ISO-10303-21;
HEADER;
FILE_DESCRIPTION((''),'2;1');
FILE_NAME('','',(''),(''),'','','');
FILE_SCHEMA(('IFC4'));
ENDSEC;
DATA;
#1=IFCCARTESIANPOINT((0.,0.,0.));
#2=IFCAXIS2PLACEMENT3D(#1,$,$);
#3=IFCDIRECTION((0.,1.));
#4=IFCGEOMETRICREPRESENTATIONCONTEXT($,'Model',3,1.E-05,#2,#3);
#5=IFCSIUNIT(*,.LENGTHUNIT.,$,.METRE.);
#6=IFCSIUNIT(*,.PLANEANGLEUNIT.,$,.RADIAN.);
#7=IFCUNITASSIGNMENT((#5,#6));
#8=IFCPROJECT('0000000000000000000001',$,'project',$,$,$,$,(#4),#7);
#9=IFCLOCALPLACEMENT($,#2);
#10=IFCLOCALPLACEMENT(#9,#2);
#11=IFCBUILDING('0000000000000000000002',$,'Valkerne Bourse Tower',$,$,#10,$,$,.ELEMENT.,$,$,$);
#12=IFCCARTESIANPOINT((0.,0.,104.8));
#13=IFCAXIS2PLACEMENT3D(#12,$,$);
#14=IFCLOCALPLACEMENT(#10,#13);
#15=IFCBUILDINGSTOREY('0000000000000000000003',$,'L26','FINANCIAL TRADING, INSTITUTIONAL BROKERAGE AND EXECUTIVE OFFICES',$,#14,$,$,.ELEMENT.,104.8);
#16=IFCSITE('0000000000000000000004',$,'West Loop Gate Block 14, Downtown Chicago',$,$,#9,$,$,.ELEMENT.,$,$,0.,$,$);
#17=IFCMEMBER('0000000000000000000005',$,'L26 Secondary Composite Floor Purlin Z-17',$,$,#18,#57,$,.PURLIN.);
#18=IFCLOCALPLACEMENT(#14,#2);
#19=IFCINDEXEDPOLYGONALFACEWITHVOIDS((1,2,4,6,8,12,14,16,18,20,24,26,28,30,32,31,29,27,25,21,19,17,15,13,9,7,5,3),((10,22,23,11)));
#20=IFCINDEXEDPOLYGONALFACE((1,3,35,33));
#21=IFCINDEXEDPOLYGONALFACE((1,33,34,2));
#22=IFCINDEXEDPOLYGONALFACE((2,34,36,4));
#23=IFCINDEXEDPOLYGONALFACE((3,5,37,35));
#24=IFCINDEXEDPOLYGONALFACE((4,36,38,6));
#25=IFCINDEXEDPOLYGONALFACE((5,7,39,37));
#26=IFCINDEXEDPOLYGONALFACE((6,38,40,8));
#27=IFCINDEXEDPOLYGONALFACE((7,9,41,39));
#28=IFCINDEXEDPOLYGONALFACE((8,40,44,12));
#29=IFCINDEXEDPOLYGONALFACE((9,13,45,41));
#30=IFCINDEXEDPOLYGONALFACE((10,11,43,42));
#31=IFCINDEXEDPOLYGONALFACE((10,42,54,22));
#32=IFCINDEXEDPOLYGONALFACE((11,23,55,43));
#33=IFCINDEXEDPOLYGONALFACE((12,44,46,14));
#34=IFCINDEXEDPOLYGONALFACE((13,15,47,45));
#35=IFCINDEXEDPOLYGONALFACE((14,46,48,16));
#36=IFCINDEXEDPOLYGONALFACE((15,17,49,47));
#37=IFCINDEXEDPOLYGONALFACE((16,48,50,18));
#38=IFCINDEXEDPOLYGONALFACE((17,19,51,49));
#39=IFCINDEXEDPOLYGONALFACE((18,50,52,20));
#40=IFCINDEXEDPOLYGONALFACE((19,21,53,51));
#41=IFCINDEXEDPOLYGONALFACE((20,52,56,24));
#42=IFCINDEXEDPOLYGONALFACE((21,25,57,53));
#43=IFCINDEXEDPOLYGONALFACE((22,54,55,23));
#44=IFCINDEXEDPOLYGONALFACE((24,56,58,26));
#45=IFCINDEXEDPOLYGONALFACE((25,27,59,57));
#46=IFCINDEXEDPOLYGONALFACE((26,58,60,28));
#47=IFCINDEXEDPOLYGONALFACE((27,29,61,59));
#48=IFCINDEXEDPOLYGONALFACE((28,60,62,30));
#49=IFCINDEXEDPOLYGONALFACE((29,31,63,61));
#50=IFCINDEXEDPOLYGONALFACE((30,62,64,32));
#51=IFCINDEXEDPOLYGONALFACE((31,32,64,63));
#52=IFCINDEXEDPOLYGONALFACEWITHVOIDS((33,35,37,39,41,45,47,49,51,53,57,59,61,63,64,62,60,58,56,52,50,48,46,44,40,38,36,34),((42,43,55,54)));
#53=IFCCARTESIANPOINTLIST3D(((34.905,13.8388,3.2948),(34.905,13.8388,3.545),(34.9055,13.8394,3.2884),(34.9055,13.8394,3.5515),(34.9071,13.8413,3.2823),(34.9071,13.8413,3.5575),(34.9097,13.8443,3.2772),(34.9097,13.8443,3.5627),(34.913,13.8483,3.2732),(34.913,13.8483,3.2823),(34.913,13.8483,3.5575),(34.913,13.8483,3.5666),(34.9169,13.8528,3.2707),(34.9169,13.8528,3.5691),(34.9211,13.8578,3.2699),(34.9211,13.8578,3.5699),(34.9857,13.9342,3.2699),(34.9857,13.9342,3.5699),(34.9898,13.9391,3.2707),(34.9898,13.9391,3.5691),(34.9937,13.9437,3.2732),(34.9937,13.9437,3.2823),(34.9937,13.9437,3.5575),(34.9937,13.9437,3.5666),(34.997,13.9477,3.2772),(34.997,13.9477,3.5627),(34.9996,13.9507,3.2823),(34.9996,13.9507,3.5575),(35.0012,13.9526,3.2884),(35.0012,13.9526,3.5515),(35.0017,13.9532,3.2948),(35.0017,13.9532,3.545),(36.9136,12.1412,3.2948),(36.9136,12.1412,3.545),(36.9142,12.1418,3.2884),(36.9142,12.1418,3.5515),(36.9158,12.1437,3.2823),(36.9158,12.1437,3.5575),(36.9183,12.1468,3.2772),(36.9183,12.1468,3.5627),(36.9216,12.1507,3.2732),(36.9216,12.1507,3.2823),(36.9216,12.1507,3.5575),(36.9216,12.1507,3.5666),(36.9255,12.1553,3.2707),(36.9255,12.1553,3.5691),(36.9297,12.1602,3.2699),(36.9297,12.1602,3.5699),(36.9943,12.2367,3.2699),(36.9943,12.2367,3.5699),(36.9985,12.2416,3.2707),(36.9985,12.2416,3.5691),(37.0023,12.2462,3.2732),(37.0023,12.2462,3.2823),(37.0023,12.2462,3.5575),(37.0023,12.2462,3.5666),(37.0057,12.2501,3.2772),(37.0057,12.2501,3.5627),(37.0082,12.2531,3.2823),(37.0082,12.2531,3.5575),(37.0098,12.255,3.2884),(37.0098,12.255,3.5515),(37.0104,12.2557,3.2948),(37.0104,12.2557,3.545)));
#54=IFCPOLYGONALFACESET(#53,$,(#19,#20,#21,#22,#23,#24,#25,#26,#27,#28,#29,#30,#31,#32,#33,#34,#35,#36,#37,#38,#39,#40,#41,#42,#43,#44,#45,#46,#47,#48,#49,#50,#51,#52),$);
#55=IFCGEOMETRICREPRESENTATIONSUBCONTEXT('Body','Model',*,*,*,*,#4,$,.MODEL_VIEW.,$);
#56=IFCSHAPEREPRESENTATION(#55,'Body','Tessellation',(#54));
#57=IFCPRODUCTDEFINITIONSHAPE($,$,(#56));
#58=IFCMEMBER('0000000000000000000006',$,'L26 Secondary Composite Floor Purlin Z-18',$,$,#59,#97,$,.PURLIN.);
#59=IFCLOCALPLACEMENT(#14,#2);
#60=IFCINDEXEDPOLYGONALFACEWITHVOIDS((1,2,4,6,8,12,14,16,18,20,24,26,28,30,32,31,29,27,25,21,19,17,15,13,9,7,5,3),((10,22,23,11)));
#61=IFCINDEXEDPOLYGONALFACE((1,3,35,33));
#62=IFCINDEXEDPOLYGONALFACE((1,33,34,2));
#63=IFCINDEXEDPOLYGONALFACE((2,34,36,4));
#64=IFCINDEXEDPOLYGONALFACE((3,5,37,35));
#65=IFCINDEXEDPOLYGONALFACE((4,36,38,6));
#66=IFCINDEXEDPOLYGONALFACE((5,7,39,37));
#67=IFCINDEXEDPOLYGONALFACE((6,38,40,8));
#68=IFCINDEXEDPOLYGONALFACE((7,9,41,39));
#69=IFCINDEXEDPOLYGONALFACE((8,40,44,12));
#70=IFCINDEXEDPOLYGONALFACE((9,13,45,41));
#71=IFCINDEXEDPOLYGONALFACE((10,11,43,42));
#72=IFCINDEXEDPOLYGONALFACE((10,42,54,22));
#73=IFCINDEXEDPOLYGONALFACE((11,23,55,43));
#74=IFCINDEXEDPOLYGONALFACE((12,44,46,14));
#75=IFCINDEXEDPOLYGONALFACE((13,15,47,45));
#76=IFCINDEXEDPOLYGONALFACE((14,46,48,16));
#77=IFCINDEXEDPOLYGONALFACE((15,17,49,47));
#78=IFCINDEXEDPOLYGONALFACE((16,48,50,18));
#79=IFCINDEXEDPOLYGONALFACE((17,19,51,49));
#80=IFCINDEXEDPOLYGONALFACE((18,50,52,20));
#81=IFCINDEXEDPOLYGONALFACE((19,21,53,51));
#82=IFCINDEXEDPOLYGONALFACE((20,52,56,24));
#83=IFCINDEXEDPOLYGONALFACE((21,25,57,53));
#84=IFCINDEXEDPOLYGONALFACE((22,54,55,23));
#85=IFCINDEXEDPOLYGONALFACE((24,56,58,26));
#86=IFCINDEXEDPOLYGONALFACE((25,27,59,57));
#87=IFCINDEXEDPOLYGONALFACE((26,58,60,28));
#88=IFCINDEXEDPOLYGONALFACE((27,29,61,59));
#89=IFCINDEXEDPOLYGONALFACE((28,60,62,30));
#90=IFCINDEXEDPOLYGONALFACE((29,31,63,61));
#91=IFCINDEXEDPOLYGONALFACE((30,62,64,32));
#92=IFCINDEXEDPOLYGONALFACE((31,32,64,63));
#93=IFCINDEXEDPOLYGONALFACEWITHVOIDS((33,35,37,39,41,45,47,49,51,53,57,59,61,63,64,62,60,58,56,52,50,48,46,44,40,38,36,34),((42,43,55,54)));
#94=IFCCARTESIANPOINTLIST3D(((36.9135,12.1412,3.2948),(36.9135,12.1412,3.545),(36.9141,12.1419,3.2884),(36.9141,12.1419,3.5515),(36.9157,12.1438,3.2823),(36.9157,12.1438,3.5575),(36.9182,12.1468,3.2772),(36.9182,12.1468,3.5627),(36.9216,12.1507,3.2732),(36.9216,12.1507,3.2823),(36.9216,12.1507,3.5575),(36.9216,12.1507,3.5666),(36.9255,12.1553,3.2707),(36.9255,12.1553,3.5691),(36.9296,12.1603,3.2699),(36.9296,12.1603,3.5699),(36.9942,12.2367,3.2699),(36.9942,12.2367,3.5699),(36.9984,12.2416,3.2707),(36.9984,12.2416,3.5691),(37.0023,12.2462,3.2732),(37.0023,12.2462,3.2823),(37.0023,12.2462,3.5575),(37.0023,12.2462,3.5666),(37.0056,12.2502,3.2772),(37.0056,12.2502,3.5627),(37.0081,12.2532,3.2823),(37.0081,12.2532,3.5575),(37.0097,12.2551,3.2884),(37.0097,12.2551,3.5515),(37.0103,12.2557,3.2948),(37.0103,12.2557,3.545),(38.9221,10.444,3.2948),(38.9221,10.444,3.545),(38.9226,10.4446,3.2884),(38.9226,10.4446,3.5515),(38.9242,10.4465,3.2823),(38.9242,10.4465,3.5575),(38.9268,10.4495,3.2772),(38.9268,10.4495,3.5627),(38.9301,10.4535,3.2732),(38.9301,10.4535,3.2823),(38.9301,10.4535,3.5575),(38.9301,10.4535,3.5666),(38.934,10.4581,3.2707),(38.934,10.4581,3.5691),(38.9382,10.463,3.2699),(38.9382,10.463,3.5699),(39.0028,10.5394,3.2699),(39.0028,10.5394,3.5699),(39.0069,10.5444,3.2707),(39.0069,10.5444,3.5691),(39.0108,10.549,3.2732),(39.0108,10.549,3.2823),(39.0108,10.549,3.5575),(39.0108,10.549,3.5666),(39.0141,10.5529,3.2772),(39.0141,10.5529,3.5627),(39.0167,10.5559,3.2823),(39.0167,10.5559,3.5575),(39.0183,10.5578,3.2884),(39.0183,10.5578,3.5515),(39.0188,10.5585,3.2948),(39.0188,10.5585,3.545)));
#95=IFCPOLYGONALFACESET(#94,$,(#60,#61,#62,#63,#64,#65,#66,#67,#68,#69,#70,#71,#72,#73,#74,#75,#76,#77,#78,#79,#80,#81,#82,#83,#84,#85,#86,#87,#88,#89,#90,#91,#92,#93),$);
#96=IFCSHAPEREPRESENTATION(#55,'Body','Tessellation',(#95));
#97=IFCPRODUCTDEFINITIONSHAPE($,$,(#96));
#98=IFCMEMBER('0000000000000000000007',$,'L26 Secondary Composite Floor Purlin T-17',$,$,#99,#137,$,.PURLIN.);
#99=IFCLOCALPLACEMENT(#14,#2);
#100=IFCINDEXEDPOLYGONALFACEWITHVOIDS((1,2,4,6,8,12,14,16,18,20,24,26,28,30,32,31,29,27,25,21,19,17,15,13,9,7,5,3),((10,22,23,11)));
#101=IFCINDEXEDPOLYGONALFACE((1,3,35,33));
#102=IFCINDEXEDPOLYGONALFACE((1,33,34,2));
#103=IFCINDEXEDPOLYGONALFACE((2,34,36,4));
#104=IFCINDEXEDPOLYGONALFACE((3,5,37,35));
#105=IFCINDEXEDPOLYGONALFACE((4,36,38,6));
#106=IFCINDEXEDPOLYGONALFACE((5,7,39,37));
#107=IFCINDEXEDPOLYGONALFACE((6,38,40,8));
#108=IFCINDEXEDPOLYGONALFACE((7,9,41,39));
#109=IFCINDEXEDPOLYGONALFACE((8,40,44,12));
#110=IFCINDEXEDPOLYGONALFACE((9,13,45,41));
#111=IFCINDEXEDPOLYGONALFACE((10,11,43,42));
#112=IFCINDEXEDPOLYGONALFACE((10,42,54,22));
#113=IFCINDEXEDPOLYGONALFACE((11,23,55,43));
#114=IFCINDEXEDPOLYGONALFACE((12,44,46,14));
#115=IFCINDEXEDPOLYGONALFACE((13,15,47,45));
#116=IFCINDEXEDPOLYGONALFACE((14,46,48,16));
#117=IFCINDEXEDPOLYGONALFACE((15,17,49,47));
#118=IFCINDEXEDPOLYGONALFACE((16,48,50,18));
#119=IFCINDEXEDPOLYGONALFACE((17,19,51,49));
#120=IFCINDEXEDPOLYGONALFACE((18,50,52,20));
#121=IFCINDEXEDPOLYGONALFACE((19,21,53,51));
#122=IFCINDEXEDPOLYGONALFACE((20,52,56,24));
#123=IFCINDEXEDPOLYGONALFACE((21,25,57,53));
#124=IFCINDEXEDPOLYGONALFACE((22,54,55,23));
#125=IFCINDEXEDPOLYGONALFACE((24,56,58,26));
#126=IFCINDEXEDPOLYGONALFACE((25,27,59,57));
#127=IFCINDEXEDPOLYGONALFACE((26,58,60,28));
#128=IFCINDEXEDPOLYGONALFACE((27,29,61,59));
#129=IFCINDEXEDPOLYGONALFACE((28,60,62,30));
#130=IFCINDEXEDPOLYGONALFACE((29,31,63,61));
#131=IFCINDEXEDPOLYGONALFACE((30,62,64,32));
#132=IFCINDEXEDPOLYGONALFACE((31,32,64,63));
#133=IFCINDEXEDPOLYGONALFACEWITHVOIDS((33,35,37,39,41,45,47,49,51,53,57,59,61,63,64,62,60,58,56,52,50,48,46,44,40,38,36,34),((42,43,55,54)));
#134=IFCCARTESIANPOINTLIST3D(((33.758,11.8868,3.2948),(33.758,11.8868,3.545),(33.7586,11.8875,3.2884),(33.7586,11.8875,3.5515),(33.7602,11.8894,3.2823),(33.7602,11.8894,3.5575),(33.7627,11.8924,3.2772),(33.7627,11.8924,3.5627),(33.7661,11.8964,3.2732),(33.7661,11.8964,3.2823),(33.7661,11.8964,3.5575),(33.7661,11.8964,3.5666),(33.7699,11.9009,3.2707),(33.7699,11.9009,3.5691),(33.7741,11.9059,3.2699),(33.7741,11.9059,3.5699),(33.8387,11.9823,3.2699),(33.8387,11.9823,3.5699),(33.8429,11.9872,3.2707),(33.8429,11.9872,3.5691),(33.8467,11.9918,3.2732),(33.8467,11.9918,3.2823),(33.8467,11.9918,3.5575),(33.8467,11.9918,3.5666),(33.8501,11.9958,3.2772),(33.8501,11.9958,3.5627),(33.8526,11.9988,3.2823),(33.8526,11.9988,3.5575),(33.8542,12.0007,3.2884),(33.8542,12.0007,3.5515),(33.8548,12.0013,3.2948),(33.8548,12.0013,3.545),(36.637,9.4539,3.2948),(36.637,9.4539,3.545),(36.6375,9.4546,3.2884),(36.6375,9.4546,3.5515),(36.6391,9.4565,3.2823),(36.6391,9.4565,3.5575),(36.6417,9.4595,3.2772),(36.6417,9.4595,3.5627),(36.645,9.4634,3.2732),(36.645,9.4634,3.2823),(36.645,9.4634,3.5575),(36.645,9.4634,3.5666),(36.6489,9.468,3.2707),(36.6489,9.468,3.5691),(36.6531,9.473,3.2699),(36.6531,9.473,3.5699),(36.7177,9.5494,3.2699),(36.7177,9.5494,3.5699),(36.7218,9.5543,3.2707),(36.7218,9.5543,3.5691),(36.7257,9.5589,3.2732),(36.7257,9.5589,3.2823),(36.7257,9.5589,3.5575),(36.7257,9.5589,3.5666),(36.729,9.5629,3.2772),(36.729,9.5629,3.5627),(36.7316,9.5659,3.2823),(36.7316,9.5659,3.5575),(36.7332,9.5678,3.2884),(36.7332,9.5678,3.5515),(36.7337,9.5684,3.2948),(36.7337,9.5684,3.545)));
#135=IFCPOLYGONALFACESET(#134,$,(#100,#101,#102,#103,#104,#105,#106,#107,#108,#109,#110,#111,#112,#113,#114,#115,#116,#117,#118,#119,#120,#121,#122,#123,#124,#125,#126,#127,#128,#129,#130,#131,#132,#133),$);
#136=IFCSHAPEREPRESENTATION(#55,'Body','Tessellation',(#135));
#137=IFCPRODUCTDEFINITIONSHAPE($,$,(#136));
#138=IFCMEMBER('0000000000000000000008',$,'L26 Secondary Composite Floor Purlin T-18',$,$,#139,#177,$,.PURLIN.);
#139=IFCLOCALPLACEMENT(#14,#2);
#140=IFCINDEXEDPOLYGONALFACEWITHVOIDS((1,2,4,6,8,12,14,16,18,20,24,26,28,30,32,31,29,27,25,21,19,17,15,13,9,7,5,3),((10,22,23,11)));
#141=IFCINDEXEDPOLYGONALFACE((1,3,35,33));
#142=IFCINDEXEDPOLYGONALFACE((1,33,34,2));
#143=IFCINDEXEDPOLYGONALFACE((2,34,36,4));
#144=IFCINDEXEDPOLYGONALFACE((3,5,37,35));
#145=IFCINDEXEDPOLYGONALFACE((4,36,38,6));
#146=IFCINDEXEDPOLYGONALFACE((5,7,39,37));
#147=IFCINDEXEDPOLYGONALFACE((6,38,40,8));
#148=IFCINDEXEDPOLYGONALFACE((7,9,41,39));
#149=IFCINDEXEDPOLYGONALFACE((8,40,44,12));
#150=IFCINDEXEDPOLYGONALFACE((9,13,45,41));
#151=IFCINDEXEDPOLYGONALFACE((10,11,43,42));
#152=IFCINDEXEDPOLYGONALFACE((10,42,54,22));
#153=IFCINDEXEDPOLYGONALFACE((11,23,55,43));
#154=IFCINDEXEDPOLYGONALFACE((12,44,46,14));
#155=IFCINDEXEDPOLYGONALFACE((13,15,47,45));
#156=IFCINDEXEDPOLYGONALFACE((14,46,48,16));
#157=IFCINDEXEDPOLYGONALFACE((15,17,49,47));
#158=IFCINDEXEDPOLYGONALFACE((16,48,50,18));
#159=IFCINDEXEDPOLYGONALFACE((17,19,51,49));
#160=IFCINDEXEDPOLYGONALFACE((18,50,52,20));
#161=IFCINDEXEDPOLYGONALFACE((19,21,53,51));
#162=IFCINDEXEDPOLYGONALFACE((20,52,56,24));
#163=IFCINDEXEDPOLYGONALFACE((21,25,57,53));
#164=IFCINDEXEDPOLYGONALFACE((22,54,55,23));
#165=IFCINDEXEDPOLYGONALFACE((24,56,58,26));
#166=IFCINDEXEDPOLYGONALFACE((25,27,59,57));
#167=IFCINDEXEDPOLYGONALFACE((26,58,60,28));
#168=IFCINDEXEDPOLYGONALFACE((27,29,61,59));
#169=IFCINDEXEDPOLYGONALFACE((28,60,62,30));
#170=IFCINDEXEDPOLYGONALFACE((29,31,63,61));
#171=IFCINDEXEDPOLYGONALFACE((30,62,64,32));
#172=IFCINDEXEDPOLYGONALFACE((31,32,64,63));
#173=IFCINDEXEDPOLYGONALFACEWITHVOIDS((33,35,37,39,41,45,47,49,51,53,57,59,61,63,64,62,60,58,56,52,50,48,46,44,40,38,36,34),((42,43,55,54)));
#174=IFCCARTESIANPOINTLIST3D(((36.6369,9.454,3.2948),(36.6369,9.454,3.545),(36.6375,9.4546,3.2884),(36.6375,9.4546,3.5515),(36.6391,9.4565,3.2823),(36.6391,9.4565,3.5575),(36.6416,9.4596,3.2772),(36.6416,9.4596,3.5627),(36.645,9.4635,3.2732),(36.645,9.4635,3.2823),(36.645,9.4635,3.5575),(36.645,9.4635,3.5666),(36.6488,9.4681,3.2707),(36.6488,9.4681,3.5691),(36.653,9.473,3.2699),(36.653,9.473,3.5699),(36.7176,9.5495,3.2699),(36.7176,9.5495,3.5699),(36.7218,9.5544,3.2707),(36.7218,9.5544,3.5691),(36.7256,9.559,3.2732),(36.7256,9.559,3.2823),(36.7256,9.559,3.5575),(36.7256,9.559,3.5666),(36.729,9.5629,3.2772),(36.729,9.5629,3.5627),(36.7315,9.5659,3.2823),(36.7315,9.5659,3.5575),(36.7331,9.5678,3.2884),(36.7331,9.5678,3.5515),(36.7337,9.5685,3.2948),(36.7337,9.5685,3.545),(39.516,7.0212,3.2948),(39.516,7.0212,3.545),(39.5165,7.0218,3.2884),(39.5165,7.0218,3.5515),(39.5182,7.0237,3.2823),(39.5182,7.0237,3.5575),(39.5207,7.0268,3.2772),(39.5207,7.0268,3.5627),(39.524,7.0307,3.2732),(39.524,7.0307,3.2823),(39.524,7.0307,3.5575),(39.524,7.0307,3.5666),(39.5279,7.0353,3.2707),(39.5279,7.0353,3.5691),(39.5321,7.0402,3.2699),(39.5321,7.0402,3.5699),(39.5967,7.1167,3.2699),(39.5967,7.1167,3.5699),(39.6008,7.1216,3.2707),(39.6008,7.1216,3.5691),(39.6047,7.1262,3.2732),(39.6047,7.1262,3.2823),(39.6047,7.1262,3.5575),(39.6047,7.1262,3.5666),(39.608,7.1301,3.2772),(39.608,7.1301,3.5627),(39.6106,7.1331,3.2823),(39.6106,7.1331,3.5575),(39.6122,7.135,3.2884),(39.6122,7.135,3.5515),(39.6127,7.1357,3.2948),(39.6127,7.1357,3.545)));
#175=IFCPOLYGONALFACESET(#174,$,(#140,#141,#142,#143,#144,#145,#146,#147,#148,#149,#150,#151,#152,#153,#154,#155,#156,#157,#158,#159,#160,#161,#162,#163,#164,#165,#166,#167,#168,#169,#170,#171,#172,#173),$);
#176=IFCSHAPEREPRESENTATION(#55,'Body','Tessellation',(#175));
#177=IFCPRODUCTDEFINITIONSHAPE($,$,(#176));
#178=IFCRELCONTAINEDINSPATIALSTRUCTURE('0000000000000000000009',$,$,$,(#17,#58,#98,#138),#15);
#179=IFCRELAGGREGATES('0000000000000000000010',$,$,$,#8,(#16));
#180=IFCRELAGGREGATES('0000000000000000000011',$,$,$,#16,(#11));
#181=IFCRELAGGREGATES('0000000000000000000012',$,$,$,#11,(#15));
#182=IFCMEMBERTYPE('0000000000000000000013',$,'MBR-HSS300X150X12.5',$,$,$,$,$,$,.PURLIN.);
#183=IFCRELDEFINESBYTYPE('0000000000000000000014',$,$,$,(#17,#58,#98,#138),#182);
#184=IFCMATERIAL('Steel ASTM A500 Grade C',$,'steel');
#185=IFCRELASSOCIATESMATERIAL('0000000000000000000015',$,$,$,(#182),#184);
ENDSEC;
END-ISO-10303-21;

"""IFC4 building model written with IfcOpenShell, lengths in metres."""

from ifc_helpers import new_model, si_unit, direction, frame, origin, origin_2d, place, context, subcontext, project, spatial, hollow_rectangle, extrude, material, material_profile, profile_set, type_object, element, save


model = new_model("IFC4")

# Units and contexts
model_context = context("Model", 3, precision=1e-05, world=origin(), true_north=direction((0.0, 1.0)))
body_context = subcontext(model_context, "Body", "Model", "MODEL_VIEW")
ifc_project = project(units=[si_unit("LENGTHUNIT", "METRE"), si_unit("PLANEANGLEUNIT", "RADIAN")], contexts=[model_context])

# Site, building, storey
site_placement = place(None, origin())
site = spatial("IfcSite", under=ifc_project, at=site_placement, Name="West Loop Gate Block 14, Downtown Chicago", CompositionType="ELEMENT", RefElevation=0.0)
building_placement = place(site_placement, origin())
building = spatial("IfcBuilding", under=site, at=building_placement, Name="Valkerne Bourse Tower", CompositionType="ELEMENT")
storey_placement = place(building_placement, frame((0.0, 0.0, 104.8)))
storey = spatial("IfcBuildingStorey", under=building, at=storey_placement, Name="L26", Description="FINANCIAL TRADING, INSTITUTIONAL BROKERAGE AND EXECUTIVE OFFICES", CompositionType="ELEMENT", Elevation=104.8)

# Members
ifc_material_1 = material(Name="Steel ASTM A500 Grade C", Category="steel")
ifc_material_profile_1 = material_profile(ifc_material_1, hollow_rectangle(XDim=0.1499, YDim=0.3, WallThickness=0.0125, OuterFilletRadius=0.0249, at=origin_2d()), Name="HSS300X150X12.5")
ifc_profile_set_1 = profile_set([ifc_material_profile_1], Name="Steel ASTM A500 Grade C")
member_type_1 = type_object("IfcMemberType", Name="MBR-HSS300X150X12.5", PredefinedType="PURLIN", material=ifc_profile_set_1)
member_1_placement = place(storey_placement, frame((34.9534, 13.896, 3.4199), z_axis=(0.763766, -0.645493, 0.0), x_axis=(0.645493, 0.763766, 0.0)))
element("IfcMember", 1, at=member_1_placement, inside=storey, type_object=member_type_1, Name="L26 Secondary Composite Floor Purlin Z-17", PredefinedType="PURLIN", context=body_context, shape_type="SweptSolid", body=[
    extrude(hollow_rectangle(XDim=0.1499, YDim=0.3, WallThickness=0.0125, OuterFilletRadius=0.0249, at=origin_2d()), origin(), (0.0, 0.0, 1.0), 2.6299),
])
member_2_placement = place(storey_placement, frame((36.9619, 12.1985, 3.4199), z_axis=(0.763812, -0.645439, 0.0), x_axis=(0.645439, 0.763812, 0.0)))
element("IfcMember", 2, at=member_2_placement, inside=storey, type_object=member_type_1, Name="L26 Secondary Composite Floor Purlin Z-18", PredefinedType="PURLIN", context=body_context, shape_type="SweptSolid", body=[
    extrude(hollow_rectangle(XDim=0.1499, YDim=0.3, WallThickness=0.0125, OuterFilletRadius=0.0249, at=origin_2d()), origin(), (0.0, 0.0, 1.0), 2.6296),
])
for number, where, z_axis, x_axis, name in (
    (3, (33.8064, 11.9441, 3.4199), (0.763796, -0.645457, 0.0), (0.645457, 0.763796, 0.0), "L26 Secondary Composite Floor Purlin T-17"),
    (4, (36.6853, 9.5112, 3.4199), (0.763823, -0.645425, 0.0), (0.645425, 0.763823, 0.0), "L26 Secondary Composite Floor Purlin T-18"),
):
    element("IfcMember", number, at=place(storey_placement, frame(where, z_axis=z_axis, x_axis=x_axis)), inside=storey, type_object=member_type_1, Name=name, PredefinedType="PURLIN", context=body_context, shape_type="SweptSolid", body=[
        extrude(hollow_rectangle(XDim=0.1499, YDim=0.3, WallThickness=0.0125, OuterFilletRadius=0.0249, at=origin_2d()), origin(), (0.0, 0.0, 1.0), 3.7693),
    ])

save(model, "model.ifc")
